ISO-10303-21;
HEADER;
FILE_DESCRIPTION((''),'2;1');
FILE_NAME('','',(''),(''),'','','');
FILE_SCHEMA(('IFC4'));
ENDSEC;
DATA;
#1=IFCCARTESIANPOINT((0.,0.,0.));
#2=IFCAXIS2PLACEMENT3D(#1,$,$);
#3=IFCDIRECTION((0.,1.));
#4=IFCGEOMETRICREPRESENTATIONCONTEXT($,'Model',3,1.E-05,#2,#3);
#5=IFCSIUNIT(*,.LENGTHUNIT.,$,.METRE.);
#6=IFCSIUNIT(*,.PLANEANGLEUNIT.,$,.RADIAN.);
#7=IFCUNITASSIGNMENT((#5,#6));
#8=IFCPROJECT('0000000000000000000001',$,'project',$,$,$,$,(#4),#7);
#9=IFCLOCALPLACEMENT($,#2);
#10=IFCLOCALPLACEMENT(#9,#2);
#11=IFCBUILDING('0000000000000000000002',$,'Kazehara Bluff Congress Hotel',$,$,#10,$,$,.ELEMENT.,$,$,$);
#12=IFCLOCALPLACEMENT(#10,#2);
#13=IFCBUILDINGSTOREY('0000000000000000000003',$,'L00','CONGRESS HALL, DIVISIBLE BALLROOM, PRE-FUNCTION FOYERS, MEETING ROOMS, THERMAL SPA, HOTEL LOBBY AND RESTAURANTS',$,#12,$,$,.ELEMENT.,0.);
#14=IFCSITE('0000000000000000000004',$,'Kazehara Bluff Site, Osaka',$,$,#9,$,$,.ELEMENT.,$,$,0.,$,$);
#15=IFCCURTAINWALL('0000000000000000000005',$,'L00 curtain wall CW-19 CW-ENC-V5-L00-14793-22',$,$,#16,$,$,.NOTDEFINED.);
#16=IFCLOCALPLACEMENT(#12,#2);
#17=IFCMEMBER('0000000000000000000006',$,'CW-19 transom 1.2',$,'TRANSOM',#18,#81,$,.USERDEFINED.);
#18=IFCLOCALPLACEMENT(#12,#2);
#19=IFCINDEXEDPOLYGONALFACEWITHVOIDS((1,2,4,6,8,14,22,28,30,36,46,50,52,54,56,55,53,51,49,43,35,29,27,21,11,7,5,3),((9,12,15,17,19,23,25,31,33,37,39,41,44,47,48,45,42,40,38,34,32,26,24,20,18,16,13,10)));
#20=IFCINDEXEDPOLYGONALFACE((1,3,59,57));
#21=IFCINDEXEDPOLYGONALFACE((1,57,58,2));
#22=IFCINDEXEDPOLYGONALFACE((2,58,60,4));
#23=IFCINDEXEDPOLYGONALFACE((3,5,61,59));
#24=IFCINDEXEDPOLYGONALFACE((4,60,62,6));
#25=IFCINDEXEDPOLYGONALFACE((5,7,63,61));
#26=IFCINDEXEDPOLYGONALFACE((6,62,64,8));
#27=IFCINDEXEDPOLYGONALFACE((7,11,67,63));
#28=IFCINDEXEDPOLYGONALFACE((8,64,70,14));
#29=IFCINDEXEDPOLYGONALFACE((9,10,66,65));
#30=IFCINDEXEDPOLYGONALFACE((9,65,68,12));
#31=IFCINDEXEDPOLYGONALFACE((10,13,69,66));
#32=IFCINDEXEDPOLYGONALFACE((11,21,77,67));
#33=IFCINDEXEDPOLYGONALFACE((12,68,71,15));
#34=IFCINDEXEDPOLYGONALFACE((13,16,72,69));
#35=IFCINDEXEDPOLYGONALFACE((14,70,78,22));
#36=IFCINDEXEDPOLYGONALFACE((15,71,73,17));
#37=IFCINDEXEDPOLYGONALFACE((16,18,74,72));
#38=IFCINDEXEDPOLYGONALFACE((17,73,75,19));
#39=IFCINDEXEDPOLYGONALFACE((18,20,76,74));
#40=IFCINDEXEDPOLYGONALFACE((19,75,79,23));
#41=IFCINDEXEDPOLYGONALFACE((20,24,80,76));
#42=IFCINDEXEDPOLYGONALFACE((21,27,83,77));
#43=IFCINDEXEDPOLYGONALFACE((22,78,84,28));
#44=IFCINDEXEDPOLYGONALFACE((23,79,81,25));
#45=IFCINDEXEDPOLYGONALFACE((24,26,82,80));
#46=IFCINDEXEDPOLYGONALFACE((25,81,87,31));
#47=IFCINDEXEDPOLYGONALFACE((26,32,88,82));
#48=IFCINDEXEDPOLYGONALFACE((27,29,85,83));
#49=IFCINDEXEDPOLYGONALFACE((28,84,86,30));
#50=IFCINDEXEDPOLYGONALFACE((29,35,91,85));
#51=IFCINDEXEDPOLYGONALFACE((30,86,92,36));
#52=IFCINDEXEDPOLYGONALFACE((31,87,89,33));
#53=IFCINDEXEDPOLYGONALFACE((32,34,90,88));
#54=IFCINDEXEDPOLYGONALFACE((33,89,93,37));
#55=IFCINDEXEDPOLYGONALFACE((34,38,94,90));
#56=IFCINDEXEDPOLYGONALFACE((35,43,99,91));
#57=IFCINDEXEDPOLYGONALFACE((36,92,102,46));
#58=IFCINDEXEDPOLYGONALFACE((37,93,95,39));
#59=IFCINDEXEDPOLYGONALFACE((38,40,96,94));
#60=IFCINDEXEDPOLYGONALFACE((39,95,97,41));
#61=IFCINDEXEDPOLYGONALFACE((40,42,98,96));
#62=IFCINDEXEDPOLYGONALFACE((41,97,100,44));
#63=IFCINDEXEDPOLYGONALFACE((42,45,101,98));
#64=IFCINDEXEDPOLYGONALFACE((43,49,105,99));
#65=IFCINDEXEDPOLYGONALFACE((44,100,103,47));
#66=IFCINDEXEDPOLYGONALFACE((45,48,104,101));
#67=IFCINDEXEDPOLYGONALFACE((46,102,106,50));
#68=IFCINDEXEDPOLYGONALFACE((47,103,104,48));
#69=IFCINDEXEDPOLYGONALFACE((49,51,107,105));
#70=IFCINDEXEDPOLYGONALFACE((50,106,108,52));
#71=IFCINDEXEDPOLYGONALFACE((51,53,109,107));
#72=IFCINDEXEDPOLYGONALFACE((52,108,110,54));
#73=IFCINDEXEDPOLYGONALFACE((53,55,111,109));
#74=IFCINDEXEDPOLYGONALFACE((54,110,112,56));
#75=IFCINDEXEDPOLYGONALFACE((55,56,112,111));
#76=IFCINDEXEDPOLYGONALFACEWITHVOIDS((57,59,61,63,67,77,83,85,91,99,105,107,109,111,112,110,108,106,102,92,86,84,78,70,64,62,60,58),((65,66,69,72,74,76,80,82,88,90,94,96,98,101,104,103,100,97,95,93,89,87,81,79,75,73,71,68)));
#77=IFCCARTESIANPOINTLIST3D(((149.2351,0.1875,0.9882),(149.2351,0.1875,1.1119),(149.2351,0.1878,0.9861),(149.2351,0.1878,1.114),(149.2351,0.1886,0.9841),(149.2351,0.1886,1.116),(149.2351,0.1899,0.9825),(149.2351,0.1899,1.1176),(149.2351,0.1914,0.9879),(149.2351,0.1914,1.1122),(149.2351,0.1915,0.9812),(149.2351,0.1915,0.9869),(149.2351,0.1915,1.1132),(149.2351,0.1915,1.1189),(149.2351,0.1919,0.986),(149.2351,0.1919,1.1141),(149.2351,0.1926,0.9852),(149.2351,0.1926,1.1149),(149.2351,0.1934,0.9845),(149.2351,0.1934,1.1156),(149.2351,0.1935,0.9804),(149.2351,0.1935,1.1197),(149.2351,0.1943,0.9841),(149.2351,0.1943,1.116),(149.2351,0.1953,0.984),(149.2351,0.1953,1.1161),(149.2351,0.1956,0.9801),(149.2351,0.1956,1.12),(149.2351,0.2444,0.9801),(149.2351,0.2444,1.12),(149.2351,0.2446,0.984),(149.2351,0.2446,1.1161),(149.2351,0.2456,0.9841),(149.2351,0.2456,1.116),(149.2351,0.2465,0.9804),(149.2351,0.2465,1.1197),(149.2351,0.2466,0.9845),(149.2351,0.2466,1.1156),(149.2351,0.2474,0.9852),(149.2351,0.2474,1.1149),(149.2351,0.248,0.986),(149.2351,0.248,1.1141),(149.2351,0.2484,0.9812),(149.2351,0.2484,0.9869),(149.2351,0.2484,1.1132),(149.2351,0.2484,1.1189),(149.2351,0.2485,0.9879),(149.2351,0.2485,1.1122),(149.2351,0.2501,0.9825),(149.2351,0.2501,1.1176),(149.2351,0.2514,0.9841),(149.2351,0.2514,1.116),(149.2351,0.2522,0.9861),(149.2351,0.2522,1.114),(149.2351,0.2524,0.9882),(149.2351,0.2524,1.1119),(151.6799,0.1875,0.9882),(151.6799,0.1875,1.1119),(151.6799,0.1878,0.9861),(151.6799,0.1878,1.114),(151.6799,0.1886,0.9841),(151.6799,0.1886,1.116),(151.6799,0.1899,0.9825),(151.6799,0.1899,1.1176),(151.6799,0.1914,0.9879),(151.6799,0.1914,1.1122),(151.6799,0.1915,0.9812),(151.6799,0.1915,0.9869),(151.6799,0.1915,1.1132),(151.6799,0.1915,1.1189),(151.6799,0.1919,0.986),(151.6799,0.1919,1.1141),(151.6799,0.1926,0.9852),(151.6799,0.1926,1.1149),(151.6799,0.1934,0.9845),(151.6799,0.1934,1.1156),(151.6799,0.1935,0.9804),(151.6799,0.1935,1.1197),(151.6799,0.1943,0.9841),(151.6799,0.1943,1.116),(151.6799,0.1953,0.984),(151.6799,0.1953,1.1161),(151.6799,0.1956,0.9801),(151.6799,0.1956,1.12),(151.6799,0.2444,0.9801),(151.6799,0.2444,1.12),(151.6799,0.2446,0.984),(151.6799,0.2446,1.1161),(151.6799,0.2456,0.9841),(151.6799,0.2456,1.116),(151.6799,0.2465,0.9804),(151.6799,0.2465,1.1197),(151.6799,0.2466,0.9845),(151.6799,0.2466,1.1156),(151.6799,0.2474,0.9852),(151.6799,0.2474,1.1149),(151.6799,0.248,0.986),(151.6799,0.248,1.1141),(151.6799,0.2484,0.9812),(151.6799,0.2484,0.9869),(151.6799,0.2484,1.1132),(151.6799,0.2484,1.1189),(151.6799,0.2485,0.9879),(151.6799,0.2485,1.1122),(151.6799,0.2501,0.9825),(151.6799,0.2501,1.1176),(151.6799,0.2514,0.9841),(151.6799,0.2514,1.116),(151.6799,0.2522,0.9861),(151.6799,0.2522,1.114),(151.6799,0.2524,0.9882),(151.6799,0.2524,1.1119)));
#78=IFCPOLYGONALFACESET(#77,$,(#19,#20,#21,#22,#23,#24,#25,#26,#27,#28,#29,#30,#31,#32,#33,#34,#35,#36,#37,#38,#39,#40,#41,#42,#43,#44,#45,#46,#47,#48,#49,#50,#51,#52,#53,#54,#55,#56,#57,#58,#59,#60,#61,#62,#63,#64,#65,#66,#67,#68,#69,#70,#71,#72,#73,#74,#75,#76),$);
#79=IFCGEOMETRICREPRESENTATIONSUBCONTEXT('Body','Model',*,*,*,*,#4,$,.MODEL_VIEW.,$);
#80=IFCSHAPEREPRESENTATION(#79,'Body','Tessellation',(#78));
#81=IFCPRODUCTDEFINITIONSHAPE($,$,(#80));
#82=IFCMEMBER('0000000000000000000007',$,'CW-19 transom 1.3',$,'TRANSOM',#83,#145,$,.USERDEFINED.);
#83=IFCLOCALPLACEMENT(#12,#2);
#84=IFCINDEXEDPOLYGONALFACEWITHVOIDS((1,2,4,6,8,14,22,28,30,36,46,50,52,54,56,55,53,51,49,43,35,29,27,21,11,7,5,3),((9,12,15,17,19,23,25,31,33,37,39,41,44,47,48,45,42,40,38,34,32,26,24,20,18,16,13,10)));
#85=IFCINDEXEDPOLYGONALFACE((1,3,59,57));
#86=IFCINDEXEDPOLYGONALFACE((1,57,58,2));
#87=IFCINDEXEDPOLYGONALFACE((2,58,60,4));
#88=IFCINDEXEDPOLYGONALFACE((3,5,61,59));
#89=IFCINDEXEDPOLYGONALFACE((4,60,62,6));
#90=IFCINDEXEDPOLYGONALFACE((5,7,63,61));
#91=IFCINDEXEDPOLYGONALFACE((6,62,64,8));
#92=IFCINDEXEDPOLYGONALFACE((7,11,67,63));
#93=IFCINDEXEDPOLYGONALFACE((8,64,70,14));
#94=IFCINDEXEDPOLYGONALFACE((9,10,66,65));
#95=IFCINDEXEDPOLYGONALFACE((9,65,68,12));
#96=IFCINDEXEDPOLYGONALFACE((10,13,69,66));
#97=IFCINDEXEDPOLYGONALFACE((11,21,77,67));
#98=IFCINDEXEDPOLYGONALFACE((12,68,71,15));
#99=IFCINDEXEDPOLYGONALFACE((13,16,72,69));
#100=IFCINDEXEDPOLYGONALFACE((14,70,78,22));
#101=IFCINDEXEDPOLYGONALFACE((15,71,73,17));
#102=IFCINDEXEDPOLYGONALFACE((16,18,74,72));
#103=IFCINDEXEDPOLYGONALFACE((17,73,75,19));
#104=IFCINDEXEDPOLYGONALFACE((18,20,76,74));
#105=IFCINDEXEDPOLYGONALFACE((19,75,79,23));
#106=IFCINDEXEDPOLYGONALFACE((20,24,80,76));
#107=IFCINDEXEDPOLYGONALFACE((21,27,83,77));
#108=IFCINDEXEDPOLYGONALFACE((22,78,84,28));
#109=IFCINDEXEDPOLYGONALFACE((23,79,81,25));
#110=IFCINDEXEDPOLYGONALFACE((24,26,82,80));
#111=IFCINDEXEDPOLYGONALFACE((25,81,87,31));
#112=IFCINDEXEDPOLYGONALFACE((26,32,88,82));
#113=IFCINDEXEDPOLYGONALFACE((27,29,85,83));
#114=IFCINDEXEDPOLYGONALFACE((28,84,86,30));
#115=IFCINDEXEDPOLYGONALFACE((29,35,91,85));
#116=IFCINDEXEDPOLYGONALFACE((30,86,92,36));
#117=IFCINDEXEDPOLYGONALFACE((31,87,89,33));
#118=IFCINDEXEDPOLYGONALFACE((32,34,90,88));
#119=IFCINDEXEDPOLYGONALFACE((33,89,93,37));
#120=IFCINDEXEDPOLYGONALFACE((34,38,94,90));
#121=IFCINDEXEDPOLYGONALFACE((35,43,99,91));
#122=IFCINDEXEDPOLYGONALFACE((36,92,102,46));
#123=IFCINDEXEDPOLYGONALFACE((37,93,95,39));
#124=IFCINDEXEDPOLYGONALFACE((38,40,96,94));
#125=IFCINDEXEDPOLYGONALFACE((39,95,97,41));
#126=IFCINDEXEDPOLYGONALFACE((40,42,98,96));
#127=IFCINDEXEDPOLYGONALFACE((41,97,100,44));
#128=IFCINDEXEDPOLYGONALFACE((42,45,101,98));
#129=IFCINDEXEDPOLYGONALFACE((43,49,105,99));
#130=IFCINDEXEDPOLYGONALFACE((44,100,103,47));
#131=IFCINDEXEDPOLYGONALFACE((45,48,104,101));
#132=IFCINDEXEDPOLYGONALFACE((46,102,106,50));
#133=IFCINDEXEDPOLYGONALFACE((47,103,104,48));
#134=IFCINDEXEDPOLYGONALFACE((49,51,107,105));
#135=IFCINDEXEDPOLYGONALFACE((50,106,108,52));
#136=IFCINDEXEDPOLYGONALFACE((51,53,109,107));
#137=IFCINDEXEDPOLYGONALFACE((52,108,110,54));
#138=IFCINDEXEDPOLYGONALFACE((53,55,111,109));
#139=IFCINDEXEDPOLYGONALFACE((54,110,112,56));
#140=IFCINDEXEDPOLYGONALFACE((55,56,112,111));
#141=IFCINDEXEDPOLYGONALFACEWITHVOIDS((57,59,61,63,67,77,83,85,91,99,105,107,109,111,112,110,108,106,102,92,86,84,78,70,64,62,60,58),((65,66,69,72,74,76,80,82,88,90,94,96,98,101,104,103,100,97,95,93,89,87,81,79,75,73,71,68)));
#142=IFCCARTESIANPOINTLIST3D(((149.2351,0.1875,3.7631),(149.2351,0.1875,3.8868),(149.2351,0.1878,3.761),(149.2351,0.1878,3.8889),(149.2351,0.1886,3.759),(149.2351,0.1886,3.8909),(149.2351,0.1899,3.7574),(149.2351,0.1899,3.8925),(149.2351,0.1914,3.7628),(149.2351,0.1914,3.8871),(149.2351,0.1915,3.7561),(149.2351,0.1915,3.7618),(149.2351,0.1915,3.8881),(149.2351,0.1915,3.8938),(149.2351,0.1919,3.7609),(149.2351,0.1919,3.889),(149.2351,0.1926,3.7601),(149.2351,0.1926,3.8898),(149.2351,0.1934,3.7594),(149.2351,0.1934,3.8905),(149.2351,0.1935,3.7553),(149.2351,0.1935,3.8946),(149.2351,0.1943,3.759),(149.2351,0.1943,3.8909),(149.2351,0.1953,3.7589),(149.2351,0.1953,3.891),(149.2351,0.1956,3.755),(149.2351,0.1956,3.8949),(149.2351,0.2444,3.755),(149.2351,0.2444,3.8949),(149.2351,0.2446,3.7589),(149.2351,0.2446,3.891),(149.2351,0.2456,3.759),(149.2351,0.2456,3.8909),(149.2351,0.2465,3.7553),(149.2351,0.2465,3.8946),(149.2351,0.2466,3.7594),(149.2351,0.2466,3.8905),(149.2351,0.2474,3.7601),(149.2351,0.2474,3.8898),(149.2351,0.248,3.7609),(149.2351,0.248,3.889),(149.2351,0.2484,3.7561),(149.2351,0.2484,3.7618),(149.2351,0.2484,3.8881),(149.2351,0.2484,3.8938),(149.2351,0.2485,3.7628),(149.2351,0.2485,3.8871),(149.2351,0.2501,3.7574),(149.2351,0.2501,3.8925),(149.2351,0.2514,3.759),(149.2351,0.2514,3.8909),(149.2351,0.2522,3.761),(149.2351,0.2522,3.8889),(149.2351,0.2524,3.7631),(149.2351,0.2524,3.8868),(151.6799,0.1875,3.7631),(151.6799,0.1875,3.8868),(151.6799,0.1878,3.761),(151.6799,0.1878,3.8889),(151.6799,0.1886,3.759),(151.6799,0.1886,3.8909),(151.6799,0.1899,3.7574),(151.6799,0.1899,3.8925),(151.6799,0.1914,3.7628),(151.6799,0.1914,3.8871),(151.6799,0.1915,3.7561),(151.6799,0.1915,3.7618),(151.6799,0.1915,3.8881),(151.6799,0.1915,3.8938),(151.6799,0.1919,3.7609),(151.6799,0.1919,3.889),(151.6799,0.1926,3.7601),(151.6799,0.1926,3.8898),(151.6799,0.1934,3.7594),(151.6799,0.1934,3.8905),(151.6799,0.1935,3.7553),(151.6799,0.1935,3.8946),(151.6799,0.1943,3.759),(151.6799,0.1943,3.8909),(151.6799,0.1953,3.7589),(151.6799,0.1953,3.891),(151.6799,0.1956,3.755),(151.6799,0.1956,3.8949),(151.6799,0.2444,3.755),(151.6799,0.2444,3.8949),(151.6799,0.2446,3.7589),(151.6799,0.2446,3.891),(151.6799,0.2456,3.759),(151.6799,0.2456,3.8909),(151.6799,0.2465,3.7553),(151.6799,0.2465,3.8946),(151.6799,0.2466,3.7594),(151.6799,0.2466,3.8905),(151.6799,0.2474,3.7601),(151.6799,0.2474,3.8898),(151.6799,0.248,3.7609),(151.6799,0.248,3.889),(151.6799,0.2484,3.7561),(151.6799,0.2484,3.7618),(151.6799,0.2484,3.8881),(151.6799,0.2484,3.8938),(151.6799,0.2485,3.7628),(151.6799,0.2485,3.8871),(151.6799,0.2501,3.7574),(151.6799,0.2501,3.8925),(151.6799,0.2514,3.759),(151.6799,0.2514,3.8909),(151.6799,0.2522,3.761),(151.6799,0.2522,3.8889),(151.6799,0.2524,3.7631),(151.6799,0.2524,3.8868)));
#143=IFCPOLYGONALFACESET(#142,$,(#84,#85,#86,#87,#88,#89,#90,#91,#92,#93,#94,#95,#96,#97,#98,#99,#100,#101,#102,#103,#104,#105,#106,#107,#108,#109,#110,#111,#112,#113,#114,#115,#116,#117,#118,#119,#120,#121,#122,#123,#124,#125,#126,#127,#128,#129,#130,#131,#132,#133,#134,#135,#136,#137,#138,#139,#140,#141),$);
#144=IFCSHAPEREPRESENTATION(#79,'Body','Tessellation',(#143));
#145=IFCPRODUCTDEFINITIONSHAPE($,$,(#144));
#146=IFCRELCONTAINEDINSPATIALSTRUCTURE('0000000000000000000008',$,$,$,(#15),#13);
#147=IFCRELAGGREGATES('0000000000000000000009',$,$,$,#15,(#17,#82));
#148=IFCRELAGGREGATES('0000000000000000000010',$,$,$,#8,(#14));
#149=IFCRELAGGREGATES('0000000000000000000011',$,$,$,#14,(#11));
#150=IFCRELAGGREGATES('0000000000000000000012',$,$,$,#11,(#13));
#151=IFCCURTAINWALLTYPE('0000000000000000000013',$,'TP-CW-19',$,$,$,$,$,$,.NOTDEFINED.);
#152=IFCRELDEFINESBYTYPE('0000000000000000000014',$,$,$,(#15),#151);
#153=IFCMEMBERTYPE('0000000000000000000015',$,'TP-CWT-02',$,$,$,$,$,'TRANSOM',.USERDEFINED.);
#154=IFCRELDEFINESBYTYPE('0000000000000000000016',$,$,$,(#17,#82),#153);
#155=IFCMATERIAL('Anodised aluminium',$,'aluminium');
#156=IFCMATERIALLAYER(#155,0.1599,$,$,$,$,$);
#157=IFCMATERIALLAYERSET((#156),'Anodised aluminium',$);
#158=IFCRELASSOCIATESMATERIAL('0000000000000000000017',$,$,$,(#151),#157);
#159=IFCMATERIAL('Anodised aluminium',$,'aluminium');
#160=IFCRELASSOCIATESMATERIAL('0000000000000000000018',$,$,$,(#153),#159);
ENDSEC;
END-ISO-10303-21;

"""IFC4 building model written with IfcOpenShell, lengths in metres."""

from ifc_helpers import new_model, si_unit, direction, frame, origin, origin_2d, place, context, subcontext, project, spatial, hollow_rectangle, extrude, material, layer, layer_set, material_profile, profile_set, type_object, element, aggregate, save


model = new_model("IFC4")

# Units and contexts
model_context = context("Model", 3, precision=1e-05, world=origin(), true_north=direction((0.0, 1.0)))
body_context = subcontext(model_context, "Body", "Model", "MODEL_VIEW")
ifc_project = project(units=[si_unit("LENGTHUNIT", "METRE"), si_unit("PLANEANGLEUNIT", "RADIAN")], contexts=[model_context])

# Site, building, storey
site_placement = place(None, origin())
site = spatial("IfcSite", under=ifc_project, at=site_placement, Name="Kazehara Bluff Site, Osaka", CompositionType="ELEMENT", RefElevation=0.0)
building_placement = place(site_placement, origin())
building = spatial("IfcBuilding", under=site, at=building_placement, Name="Kazehara Bluff Congress Hotel", CompositionType="ELEMENT")
storey_placement = place(building_placement, origin())
storey = spatial("IfcBuildingStorey", under=building, at=storey_placement, Name="L00", Description="CONGRESS HALL, DIVISIBLE BALLROOM, PRE-FUNCTION FOYERS, MEETING ROOMS, THERMAL SPA, HOTEL LOBBY AND RESTAURANTS", CompositionType="ELEMENT", Elevation=0.0)

# Curtain wall, members
ifc_material_1 = material(Name="Anodised aluminium", Category="aluminium")
ifc_layer_1 = layer(ifc_material_1, 0.1599)
ifc_layer_set_1 = layer_set([ifc_layer_1], Name="Anodised aluminium")
curtain_wall_type = type_object("IfcCurtainWallType", Name="TP-CW-19", PredefinedType="NOTDEFINED", material=ifc_layer_set_1)
curtain_wall_placement = place(storey_placement, origin())
curtain_wall = element("IfcCurtainWall", 1, at=curtain_wall_placement, inside=storey, type_object=curtain_wall_type, Name="L00 curtain wall CW-19 CW-ENC-V5-L00-14793-22", PredefinedType="NOTDEFINED")
ifc_material_2 = material(Name="Anodised aluminium", Category="aluminium")
ifc_material_profile_1 = material_profile(ifc_material_2, hollow_rectangle(XDim=0.0649, YDim=0.1399, WallThickness=0.0039, InnerFilletRadius=0.0039, OuterFilletRadius=0.0081, at=origin_2d()))
ifc_profile_set_1 = profile_set([ifc_material_profile_1], Name="Anodised aluminium")
member_type_1 = type_object("IfcMemberType", Name="TP-CWT-02", ElementType="TRANSOM", PredefinedType="USERDEFINED", material=ifc_profile_set_1)
member_1_placement = place(storey_placement, frame((151.6799, 0.22, 1.05), z_axis=(-1.0, 0.0, 0.0), x_axis=(0.0, -1.0, 0.0)))
member_1 = element("IfcMember", 2, at=member_1_placement, type_object=member_type_1, Name="CW-19 transom 1.2", ObjectType="TRANSOM", PredefinedType="USERDEFINED", context=body_context, shape_type="SweptSolid", body=[
    extrude(hollow_rectangle(XDim=0.0649, YDim=0.1399, WallThickness=0.0039, InnerFilletRadius=0.0039, OuterFilletRadius=0.0081, at=origin_2d()), origin(), (0.0, 0.0, 1.0), 2.4448),
])
member_2_placement = place(storey_placement, frame((151.6799, 0.22, 3.825), z_axis=(-1.0, 0.0, 0.0), x_axis=(0.0, -1.0, 0.0)))
member_2 = element("IfcMember", 3, at=member_2_placement, type_object=member_type_1, Name="CW-19 transom 1.3", ObjectType="TRANSOM", PredefinedType="USERDEFINED", context=body_context, shape_type="SweptSolid", body=[
    extrude(hollow_rectangle(XDim=0.0649, YDim=0.1399, WallThickness=0.0039, InnerFilletRadius=0.0039, OuterFilletRadius=0.0081, at=origin_2d()), origin(), (0.0, 0.0, 1.0), 2.4448),
])

aggregate(curtain_wall, [member_1, member_2])

save(model, "model.ifc")
